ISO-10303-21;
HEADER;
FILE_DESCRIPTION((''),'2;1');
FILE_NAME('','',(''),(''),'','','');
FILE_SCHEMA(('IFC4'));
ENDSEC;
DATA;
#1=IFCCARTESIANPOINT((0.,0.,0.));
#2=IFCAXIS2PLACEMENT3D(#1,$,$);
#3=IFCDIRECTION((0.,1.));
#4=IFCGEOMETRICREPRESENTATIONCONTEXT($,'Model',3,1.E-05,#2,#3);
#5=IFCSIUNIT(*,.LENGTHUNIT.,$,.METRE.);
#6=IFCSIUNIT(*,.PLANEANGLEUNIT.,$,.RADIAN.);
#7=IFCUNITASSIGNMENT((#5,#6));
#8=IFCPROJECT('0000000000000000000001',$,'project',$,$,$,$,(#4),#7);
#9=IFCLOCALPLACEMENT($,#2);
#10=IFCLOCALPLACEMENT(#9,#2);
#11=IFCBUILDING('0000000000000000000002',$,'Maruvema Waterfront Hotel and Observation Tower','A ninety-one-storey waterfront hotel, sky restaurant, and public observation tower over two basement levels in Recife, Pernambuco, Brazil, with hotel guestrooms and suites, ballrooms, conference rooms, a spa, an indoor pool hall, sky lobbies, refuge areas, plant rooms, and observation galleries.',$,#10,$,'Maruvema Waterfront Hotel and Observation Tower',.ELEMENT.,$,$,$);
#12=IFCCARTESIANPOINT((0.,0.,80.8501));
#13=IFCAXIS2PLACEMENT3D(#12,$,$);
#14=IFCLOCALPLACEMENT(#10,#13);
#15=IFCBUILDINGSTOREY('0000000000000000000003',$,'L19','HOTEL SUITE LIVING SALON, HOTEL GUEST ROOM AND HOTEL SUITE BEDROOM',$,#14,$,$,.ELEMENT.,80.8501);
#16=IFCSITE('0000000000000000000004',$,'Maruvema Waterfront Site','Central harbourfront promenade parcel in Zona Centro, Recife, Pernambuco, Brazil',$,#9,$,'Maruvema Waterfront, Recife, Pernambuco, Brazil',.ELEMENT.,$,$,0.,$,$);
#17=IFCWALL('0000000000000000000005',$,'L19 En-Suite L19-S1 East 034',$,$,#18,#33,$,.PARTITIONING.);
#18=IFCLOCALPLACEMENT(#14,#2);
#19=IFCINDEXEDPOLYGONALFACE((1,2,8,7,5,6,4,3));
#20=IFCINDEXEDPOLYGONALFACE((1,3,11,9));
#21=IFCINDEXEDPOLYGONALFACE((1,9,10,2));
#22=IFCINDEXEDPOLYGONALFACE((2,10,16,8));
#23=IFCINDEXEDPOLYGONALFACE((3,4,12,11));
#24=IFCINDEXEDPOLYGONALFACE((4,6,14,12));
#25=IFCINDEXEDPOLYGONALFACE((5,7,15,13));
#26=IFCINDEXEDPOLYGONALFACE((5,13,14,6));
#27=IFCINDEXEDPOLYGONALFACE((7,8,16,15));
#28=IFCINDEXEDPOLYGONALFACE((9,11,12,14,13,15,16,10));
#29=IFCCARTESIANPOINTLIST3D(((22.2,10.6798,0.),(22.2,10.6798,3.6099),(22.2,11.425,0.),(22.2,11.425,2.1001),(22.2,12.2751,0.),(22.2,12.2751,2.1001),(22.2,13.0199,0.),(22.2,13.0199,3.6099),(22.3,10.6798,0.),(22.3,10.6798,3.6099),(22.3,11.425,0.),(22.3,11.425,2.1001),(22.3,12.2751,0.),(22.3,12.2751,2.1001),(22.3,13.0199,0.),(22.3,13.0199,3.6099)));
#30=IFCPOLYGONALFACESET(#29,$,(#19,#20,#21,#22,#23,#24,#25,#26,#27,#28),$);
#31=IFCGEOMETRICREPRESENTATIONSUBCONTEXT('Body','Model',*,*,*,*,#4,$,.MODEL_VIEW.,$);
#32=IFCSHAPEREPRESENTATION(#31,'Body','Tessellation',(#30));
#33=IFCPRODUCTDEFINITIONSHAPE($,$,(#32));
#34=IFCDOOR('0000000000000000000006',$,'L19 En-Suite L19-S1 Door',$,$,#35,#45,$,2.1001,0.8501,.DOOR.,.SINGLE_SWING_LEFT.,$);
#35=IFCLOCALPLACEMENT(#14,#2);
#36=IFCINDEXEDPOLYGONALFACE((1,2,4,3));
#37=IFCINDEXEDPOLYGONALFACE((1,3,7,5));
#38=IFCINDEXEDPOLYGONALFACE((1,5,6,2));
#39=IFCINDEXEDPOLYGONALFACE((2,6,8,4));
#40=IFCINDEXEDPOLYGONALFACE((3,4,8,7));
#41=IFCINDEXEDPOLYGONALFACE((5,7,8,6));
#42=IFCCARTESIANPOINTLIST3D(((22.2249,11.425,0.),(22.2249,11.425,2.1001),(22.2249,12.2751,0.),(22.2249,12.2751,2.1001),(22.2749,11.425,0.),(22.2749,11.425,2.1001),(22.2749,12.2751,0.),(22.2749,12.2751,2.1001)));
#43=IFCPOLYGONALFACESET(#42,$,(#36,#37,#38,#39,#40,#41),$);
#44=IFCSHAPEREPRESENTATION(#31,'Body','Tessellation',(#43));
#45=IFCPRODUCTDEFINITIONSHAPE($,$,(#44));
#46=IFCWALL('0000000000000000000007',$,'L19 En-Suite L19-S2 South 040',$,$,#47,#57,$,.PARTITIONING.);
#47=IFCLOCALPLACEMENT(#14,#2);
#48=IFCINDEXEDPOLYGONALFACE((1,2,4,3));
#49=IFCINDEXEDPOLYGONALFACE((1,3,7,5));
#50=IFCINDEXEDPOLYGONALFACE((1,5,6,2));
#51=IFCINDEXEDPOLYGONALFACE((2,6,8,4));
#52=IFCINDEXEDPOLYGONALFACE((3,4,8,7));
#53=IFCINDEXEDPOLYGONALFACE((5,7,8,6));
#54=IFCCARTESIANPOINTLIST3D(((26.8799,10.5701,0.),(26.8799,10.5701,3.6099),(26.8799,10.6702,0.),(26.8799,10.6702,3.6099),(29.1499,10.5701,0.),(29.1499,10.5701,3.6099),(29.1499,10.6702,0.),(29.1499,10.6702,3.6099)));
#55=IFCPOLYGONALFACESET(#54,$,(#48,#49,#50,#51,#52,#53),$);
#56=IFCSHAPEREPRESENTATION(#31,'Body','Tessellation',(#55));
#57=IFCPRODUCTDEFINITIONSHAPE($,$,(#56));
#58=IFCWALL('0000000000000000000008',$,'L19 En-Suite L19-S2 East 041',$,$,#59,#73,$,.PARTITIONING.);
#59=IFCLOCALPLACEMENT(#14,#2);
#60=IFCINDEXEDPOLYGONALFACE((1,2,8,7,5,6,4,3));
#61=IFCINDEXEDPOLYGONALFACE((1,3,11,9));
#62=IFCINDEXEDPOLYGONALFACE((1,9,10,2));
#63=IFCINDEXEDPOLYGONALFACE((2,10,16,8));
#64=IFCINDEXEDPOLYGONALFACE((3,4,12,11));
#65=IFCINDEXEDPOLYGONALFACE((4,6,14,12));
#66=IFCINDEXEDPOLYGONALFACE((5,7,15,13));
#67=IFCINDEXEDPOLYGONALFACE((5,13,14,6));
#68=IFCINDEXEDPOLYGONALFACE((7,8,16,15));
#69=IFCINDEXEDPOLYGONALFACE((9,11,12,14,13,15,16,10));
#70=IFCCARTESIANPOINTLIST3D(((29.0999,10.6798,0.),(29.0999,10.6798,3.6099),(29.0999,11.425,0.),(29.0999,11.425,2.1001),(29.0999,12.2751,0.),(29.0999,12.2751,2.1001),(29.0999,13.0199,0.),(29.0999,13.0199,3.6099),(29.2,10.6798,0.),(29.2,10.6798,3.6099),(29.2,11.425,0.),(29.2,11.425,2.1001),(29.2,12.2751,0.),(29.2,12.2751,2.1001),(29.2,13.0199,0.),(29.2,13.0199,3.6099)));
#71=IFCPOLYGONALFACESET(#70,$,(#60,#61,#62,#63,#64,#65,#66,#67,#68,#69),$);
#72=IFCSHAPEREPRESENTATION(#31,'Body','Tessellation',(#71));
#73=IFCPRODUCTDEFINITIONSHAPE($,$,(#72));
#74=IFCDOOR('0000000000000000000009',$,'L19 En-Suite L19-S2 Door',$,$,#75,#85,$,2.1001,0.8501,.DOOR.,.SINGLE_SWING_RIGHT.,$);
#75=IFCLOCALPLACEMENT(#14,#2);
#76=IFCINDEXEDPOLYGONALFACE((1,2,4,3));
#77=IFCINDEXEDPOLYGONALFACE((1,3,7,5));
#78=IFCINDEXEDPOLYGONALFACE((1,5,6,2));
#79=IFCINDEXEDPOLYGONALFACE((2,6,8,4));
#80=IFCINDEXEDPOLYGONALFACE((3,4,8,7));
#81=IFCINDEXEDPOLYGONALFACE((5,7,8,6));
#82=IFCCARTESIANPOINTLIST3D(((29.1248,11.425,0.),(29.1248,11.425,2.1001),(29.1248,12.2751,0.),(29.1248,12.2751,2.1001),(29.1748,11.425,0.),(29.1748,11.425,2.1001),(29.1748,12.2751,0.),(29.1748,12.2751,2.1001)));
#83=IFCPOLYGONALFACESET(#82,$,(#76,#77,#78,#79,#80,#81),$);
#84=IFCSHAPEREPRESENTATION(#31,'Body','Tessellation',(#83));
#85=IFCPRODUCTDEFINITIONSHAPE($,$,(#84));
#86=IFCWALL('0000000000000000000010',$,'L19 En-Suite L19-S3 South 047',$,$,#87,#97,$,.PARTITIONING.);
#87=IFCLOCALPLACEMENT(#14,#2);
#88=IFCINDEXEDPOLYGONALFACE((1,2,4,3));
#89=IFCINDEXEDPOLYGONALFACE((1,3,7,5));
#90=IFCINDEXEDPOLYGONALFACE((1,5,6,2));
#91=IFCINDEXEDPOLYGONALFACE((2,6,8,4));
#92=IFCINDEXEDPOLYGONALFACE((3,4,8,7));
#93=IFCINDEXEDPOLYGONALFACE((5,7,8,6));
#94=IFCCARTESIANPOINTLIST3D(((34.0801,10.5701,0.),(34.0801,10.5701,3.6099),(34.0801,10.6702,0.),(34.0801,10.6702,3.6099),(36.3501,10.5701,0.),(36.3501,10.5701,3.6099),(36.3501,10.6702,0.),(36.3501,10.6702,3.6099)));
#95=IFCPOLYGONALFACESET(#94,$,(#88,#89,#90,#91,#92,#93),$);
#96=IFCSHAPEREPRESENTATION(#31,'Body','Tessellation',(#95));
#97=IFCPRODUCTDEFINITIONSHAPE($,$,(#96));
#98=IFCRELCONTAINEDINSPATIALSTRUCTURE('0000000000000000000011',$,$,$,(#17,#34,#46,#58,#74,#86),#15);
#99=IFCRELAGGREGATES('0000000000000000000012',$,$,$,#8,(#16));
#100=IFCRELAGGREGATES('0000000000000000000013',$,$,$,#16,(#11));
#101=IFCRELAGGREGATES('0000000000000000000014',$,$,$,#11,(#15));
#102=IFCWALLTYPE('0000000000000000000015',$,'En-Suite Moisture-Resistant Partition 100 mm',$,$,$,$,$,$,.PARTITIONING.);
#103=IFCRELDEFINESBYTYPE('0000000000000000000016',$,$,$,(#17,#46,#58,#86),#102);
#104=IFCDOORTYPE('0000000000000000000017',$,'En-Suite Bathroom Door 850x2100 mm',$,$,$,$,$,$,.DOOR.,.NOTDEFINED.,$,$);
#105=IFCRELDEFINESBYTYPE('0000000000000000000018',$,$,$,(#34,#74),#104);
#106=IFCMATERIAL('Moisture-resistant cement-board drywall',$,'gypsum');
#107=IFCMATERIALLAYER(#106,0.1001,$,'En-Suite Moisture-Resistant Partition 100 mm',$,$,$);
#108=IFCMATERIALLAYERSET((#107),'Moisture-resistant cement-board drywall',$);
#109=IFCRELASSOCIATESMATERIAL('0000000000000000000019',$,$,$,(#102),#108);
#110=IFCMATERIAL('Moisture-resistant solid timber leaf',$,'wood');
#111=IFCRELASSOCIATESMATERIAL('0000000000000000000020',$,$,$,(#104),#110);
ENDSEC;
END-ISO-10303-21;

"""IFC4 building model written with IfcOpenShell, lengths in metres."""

from ifc_helpers import new_model, si_unit, direction, frame, frame_2d, origin, place, context, subcontext, project, spatial, rectangle, extrude, material, layer, layer_set, type_object, element, fill, save


model = new_model("IFC4")

# Units and contexts
model_context = context("Model", 3, precision=1e-05, world=origin(), true_north=direction((0.0, 1.0)))
body_context = subcontext(model_context, "Body", "Model", "MODEL_VIEW")
ifc_project = project(units=[si_unit("LENGTHUNIT", "METRE"), si_unit("PLANEANGLEUNIT", "RADIAN")], contexts=[model_context])

# Site, building, storey
site_placement = place(None, origin())
site = spatial("IfcSite", under=ifc_project, at=site_placement, Name="Maruvema Waterfront Site", Description="Central harbourfront promenade parcel in Zona Centro, Recife, Pernambuco, Brazil", LongName="Maruvema Waterfront, Recife, Pernambuco, Brazil", CompositionType="ELEMENT", RefElevation=0.0)
building_placement = place(site_placement, origin())
building = spatial("IfcBuilding", under=site, at=building_placement, Name="Maruvema Waterfront Hotel and Observation Tower", Description="A ninety-one-storey waterfront hotel, sky restaurant, and public observation tower over two basement levels in Recife, Pernambuco, Brazil, with hotel guestrooms and suites, ballrooms, conference rooms, a spa, an indoor pool hall, sky lobbies, refuge areas, plant rooms, and observation galleries.", LongName="Maruvema Waterfront Hotel and Observation Tower", CompositionType="ELEMENT")
storey_placement = place(building_placement, frame((0.0, 0.0, 80.8501)))
storey = spatial("IfcBuildingStorey", under=building, at=storey_placement, Name="L19", Description="HOTEL SUITE LIVING SALON, HOTEL GUEST ROOM AND HOTEL SUITE BEDROOM", CompositionType="ELEMENT", Elevation=80.8501)

# Shared definitions
ifc_material_1 = material(Name="Moisture-resistant cement-board drywall", Category="gypsum")
ifc_layer_1 = layer(ifc_material_1, 0.1001, Name="En-Suite Moisture-Resistant Partition 100 mm")
ifc_layer_set_1 = layer_set([ifc_layer_1], Name="Moisture-resistant cement-board drywall")
wall_type_1 = type_object("IfcWallType", Name="En-Suite Moisture-Resistant Partition 100 mm", PredefinedType="PARTITIONING", material=ifc_layer_set_1)

# Wall, opening, door
wall_1_placement = place(storey_placement, frame((22.25, 10.6799, 0.0), z_axis=(0.0, 0.0, 1.0), x_axis=(0.0, 1.0, 0.0)))
wall_1 = element("IfcWall", 1, at=wall_1_placement, inside=storey, type_object=wall_type_1, Name="L19 En-Suite L19-S1 East 034", PredefinedType="PARTITIONING", context=body_context, shape_type="SweptSolid", body=[
    extrude(rectangle(XDim=2.3401, YDim=0.1001, at=frame_2d((1.1699, 0.0))), origin(), (0.0, 0.0, 1.0), 3.6099),
])
opening_1_placement = place(wall_1_placement, frame((0.7451, 0.0, 0.0)))
opening_1 = element("IfcOpeningElement", 2, at=opening_1_placement, cuts=wall_1, PredefinedType="OPENING", context=body_context, shape_type="SweptSolid", body=[
    extrude(rectangle(XDim=0.8501, YDim=2.1001, at=frame_2d((0.425, 1.05))), frame((0.0, 0.0601, 0.0), z_axis=(0.0, -1.0, 0.0), x_axis=(1.0, 0.0, 0.0)), (0.0, 0.0, 1.0), 0.1201),
])
ifc_material_2 = material(Name="Moisture-resistant solid timber leaf", Category="wood")
door_type_1 = type_object("IfcDoorType", Name="En-Suite Bathroom Door 850x2100 mm", OperationType="NOTDEFINED", PredefinedType="DOOR", material=ifc_material_2)
door_1_placement = place(opening_1_placement, frame((0.8501, 0.0, 0.0), z_axis=(0.0, 0.0, 1.0), x_axis=(-1.0, 0.0, 0.0)))
door_1 = element("IfcDoor", 3, at=door_1_placement, inside=storey, type_object=door_type_1, Name="L19 En-Suite L19-S1 Door", OperationType="SINGLE_SWING_LEFT", OverallHeight=2.1001, OverallWidth=0.8501, PredefinedType="DOOR", context=body_context, shape_type="SweptSolid", body=[
    extrude(rectangle(XDim=0.8501, YDim=2.1001, at=frame_2d((0.425, 1.05))), frame((0.0, 0.0249, 0.0), z_axis=(0.0, -1.0, 0.0), x_axis=(1.0, 0.0, 0.0)), (0.0, 0.0, 1.0), 0.05),
])
fill(opening_1, door_1)

# Wall
wall_2_placement = place(storey_placement, frame((26.8799, 10.6201, 0.0), z_axis=(0.0, 0.0, 1.0), x_axis=(1.0, 0.0, 0.0)))
element("IfcWall", 4, at=wall_2_placement, inside=storey, type_object=wall_type_1, Name="L19 En-Suite L19-S2 South 040", PredefinedType="PARTITIONING", context=body_context, shape_type="SweptSolid", body=[
    extrude(rectangle(XDim=2.27, YDim=0.1001, at=frame_2d((1.135, 0.0))), origin(), (0.0, 0.0, 1.0), 3.6099),
])

# Wall, opening, door
wall_3_placement = place(storey_placement, frame((29.1499, 10.6799, 0.0), z_axis=(0.0, 0.0, 1.0), x_axis=(0.0, 1.0, 0.0)))
wall_3 = element("IfcWall", 5, at=wall_3_placement, inside=storey, type_object=wall_type_1, Name="L19 En-Suite L19-S2 East 041", PredefinedType="PARTITIONING", context=body_context, shape_type="SweptSolid", body=[
    extrude(rectangle(XDim=2.3401, YDim=0.1001, at=frame_2d((1.1699, 0.0))), origin(), (0.0, 0.0, 1.0), 3.6099),
])
opening_2_placement = place(wall_3_placement, frame((0.7451, 0.0, 0.0)))
opening_2 = element("IfcOpeningElement", 6, at=opening_2_placement, cuts=wall_3, PredefinedType="OPENING", context=body_context, shape_type="SweptSolid", body=[
    extrude(rectangle(XDim=0.8501, YDim=2.1001, at=frame_2d((0.425, 1.05))), frame((0.0, 0.0601, 0.0), z_axis=(0.0, -1.0, 0.0), x_axis=(1.0, 0.0, 0.0)), (0.0, 0.0, 1.0), 0.1201),
])
door_2_placement = place(opening_2_placement, frame((0.8501, 0.0, 0.0), z_axis=(0.0, 0.0, 1.0), x_axis=(-1.0, 0.0, 0.0)))
door_2 = element("IfcDoor", 7, at=door_2_placement, inside=storey, type_object=door_type_1, Name="L19 En-Suite L19-S2 Door", OperationType="SINGLE_SWING_RIGHT", OverallHeight=2.1001, OverallWidth=0.8501, PredefinedType="DOOR", context=body_context, shape_type="SweptSolid", body=[
    extrude(rectangle(XDim=0.8501, YDim=2.1001, at=frame_2d((0.425, 1.05))), frame((0.0, 0.0249, 0.0), z_axis=(0.0, -1.0, 0.0), x_axis=(1.0, 0.0, 0.0)), (0.0, 0.0, 1.0), 0.05),
])
fill(opening_2, door_2)

# Wall
wall_4_placement = place(storey_placement, frame((34.0801, 10.6201, 0.0), z_axis=(0.0, 0.0, 1.0), x_axis=(1.0, 0.0, 0.0)))
element("IfcWall", 8, at=wall_4_placement, inside=storey, type_object=wall_type_1, Name="L19 En-Suite L19-S3 South 047", PredefinedType="PARTITIONING", context=body_context, shape_type="SweptSolid", body=[
    extrude(rectangle(XDim=2.27, YDim=0.1001, at=frame_2d((1.135, 0.0))), origin(), (0.0, 0.0, 1.0), 3.6099),
])

save(model, "model.ifc")
